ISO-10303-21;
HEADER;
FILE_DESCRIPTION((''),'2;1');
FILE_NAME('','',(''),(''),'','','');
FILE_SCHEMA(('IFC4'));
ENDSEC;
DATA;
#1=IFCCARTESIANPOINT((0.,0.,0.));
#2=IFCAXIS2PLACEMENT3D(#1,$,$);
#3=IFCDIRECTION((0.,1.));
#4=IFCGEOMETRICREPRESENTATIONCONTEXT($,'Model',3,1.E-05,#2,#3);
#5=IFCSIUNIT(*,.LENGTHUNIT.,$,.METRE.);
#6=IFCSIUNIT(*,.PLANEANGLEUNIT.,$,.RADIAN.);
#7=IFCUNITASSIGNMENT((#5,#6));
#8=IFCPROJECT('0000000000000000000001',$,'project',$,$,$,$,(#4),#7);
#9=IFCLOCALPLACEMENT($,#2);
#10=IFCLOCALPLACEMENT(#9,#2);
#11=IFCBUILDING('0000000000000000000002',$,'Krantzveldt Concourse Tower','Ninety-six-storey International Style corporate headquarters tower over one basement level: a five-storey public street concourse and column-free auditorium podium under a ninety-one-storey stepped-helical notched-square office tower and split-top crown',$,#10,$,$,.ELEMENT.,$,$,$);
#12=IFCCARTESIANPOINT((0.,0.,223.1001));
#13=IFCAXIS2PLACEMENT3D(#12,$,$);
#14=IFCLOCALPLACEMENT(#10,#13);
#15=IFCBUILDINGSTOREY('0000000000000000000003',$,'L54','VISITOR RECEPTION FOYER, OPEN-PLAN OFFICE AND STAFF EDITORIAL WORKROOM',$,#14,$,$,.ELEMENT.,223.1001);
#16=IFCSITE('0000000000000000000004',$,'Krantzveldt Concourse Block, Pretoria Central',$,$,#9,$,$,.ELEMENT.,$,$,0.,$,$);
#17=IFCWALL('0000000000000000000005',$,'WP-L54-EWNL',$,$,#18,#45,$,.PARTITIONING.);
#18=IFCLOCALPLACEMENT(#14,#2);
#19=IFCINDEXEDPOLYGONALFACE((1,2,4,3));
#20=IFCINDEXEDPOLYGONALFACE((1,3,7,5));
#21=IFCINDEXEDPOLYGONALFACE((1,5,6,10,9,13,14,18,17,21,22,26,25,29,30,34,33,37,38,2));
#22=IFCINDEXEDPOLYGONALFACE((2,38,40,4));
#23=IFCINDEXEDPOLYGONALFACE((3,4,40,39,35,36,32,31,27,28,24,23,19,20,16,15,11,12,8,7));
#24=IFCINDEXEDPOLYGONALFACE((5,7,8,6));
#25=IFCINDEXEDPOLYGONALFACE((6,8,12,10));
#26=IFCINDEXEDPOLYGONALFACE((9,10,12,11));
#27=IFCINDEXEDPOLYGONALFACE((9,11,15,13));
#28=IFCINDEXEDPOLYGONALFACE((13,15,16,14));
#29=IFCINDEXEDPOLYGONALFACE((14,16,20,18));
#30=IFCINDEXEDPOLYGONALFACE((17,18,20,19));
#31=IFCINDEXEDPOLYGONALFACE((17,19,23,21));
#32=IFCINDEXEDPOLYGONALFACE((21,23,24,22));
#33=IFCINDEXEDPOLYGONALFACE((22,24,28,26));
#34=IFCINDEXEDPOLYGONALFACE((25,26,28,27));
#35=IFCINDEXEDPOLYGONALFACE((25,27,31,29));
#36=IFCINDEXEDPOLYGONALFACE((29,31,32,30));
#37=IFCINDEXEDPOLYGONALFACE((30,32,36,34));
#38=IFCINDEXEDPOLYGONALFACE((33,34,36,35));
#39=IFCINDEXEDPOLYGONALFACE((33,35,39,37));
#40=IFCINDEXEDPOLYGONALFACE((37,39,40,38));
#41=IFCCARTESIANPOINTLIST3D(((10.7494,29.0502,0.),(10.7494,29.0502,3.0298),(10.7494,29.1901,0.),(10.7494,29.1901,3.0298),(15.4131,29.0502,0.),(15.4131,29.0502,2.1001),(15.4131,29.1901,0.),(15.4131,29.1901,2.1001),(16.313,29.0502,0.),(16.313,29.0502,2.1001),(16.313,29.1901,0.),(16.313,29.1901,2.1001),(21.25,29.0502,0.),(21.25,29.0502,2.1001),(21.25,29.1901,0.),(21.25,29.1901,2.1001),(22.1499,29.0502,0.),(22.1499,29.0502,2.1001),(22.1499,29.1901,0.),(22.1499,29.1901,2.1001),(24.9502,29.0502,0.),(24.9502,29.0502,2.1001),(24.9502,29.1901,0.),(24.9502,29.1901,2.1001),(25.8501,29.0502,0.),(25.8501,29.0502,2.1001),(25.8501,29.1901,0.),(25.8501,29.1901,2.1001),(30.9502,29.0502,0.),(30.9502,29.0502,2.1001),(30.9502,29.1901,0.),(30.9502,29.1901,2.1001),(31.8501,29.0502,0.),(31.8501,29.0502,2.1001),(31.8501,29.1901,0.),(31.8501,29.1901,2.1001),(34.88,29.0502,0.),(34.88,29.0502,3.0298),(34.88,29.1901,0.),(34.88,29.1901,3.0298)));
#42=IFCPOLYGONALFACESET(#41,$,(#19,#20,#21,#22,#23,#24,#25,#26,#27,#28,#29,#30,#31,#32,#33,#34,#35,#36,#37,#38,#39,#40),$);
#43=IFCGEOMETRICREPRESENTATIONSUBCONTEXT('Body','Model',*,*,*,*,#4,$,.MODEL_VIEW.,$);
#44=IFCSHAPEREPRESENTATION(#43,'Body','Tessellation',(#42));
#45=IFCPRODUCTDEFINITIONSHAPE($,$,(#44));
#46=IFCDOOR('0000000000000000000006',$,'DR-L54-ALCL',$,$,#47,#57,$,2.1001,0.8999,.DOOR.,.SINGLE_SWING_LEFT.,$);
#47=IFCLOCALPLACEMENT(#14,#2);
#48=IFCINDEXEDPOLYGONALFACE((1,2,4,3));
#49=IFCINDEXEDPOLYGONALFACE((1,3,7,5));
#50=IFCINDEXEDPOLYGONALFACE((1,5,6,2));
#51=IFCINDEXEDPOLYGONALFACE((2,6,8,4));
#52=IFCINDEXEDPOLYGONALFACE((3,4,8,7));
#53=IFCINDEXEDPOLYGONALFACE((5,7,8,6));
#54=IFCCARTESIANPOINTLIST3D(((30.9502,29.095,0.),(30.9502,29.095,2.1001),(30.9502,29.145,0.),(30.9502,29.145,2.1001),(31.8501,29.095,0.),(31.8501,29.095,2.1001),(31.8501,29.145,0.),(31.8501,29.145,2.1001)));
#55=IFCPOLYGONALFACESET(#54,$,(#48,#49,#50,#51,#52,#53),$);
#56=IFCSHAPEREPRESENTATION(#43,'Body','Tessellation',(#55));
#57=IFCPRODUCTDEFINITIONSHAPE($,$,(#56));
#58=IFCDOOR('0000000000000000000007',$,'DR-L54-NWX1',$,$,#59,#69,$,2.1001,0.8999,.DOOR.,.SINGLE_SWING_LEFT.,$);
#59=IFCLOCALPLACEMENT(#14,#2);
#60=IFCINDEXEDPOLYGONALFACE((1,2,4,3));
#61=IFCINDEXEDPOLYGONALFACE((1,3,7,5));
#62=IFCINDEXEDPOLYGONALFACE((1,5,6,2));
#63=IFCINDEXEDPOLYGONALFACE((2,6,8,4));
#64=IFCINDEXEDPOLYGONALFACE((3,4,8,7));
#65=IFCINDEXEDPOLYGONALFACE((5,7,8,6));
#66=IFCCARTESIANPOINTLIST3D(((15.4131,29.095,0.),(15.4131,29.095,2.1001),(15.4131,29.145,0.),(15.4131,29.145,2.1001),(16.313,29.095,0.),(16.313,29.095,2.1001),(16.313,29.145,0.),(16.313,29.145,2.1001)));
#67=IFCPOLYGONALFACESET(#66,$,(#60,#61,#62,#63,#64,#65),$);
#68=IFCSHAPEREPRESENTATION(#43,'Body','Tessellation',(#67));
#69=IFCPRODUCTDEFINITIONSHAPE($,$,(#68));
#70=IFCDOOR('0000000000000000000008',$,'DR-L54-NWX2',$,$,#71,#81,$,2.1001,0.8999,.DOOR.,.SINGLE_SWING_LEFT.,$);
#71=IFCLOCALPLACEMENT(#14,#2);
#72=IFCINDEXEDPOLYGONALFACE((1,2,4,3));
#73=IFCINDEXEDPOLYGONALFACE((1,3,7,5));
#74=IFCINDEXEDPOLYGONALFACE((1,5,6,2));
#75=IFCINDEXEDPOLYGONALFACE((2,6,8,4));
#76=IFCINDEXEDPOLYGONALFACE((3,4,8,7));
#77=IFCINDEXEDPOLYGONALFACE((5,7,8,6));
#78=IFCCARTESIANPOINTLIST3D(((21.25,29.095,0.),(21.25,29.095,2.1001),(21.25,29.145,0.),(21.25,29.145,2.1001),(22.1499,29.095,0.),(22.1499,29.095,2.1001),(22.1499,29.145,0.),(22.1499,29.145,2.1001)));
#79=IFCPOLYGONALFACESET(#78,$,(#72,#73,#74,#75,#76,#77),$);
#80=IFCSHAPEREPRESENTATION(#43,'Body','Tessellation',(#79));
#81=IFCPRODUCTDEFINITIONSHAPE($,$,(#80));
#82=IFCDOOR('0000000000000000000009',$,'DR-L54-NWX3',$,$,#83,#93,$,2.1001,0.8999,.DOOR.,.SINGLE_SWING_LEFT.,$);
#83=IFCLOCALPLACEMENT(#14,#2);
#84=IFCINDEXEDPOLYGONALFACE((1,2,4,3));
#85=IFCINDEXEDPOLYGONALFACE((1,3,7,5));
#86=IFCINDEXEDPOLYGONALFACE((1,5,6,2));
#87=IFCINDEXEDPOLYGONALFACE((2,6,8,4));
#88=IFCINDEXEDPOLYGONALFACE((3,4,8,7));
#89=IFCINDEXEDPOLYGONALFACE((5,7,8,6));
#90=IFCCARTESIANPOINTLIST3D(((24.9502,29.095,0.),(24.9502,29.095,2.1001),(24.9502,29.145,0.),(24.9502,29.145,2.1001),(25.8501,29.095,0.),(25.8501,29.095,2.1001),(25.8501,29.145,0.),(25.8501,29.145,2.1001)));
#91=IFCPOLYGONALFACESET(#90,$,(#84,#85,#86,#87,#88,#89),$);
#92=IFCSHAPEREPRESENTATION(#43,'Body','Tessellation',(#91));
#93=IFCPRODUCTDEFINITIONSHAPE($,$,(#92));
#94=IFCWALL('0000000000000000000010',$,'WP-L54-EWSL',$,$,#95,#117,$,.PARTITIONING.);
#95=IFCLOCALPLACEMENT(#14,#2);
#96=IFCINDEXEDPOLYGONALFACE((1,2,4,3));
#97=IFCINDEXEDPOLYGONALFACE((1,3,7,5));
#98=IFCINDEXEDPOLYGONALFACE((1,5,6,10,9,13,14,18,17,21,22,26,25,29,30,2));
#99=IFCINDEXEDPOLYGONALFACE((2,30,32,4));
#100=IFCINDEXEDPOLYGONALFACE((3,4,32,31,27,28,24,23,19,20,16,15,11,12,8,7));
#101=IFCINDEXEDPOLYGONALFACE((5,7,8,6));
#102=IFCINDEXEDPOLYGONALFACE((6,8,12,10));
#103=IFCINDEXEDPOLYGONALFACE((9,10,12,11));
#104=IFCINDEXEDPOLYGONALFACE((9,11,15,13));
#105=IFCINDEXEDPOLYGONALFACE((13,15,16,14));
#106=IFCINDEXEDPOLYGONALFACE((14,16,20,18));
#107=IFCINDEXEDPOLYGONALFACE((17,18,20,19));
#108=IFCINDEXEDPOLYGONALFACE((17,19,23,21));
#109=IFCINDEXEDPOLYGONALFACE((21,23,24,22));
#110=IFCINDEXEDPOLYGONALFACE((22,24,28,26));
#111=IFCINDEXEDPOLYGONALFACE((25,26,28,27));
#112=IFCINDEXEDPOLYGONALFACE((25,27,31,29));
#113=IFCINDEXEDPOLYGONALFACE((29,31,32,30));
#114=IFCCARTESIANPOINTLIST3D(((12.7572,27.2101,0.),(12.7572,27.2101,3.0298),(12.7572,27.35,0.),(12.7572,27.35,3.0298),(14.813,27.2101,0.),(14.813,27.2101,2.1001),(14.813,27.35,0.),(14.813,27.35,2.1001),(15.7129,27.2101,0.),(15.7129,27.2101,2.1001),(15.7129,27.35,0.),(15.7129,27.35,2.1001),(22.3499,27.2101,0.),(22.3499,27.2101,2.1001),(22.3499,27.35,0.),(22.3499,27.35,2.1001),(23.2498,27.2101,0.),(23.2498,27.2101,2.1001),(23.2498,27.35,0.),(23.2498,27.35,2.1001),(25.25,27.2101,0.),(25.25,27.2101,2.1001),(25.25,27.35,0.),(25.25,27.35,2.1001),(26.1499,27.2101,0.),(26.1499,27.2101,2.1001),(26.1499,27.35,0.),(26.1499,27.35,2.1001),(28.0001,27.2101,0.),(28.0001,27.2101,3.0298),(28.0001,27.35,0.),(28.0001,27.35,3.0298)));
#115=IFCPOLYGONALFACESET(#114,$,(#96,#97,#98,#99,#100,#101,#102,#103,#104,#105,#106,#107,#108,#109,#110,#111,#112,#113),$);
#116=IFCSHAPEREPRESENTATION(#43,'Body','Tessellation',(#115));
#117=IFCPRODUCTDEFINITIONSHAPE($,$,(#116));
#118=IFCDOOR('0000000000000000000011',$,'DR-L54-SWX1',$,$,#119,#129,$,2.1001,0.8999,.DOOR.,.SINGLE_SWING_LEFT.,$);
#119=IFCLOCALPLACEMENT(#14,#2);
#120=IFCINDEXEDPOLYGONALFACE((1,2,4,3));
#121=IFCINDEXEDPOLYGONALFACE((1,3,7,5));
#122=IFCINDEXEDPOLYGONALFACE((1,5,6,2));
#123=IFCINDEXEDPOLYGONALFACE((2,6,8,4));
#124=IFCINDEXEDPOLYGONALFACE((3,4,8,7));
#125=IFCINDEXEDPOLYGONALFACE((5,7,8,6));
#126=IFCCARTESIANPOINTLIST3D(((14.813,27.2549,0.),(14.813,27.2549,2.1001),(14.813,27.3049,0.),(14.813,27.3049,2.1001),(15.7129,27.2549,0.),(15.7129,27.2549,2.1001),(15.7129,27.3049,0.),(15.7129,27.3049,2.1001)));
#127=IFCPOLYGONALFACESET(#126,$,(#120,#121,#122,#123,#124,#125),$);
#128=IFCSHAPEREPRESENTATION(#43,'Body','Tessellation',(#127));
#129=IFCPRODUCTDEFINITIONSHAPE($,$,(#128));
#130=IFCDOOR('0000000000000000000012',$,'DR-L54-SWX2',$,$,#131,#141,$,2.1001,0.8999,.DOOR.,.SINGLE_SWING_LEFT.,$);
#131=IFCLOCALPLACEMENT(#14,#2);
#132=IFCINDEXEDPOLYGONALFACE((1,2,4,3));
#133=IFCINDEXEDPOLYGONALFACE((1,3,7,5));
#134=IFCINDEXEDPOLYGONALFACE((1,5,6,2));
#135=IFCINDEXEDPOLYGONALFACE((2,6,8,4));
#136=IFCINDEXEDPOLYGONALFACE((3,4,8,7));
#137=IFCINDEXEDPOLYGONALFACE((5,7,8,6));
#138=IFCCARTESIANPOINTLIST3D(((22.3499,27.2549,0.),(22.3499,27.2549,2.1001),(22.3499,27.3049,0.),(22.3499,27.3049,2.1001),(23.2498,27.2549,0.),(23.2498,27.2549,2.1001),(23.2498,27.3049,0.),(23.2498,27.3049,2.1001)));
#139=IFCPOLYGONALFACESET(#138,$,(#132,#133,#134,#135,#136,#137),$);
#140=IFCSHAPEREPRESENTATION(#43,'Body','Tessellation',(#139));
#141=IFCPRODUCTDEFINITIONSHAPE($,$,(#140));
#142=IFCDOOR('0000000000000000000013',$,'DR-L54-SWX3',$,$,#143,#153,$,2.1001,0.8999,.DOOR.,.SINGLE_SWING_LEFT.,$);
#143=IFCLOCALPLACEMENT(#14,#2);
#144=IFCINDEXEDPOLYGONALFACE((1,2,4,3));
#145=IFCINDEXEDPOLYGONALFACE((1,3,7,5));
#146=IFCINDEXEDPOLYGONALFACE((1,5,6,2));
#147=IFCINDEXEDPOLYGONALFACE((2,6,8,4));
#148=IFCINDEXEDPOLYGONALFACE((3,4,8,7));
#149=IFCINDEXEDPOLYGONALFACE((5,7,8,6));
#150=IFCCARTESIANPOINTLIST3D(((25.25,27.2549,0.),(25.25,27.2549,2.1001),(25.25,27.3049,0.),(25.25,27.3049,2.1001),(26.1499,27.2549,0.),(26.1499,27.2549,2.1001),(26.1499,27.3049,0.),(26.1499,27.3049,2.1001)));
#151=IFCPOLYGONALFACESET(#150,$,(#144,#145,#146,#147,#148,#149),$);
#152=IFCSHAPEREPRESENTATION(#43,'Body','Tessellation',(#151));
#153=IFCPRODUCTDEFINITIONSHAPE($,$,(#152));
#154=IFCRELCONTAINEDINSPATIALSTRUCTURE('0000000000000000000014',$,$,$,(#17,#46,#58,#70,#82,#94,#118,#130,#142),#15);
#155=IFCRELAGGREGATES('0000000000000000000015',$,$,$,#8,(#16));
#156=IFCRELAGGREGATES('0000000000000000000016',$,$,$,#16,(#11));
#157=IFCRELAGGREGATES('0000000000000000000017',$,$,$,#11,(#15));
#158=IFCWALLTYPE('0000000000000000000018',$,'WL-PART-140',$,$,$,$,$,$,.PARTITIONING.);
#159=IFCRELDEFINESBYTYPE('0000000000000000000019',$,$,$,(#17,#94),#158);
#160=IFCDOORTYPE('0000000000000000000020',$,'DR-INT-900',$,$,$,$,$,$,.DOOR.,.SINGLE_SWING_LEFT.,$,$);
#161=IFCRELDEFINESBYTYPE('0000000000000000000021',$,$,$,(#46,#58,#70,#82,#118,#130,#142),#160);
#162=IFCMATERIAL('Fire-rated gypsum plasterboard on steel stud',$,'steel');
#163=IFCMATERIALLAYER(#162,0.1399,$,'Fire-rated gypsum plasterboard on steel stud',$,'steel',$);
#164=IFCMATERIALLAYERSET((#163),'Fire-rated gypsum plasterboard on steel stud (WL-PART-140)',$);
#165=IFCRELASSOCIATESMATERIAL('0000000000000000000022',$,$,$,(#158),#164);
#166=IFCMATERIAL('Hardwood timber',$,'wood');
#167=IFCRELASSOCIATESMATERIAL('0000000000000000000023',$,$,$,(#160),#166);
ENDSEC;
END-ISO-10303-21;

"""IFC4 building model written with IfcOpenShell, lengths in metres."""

from ifc_helpers import new_model, si_unit, direction, frame, frame_2d, origin, place, context, subcontext, project, spatial, rectangle, extrude, material, layer, layer_set, type_object, element, fill, save


model = new_model("IFC4")

# Units and contexts
model_context = context("Model", 3, precision=1e-05, world=origin(), true_north=direction((0.0, 1.0)))
body_context = subcontext(model_context, "Body", "Model", "MODEL_VIEW")
ifc_project = project(units=[si_unit("LENGTHUNIT", "METRE"), si_unit("PLANEANGLEUNIT", "RADIAN")], contexts=[model_context])

# Site, building, storey
site_placement = place(None, origin())
site = spatial("IfcSite", under=ifc_project, at=site_placement, Name="Krantzveldt Concourse Block, Pretoria Central", CompositionType="ELEMENT", RefElevation=0.0)
building_placement = place(site_placement, origin())
building = spatial("IfcBuilding", under=site, at=building_placement, Name="Krantzveldt Concourse Tower", Description="Ninety-six-storey International Style corporate headquarters tower over one basement level: a five-storey public street concourse and column-free auditorium podium under a ninety-one-storey stepped-helical notched-square office tower and split-top crown", CompositionType="ELEMENT")
storey_placement = place(building_placement, frame((0.0, 0.0, 223.1001)))
storey = spatial("IfcBuildingStorey", under=building, at=storey_placement, Name="L54", Description="VISITOR RECEPTION FOYER, OPEN-PLAN OFFICE AND STAFF EDITORIAL WORKROOM", CompositionType="ELEMENT", Elevation=223.1001)

# Shared definitions
ifc_material_1 = material(Name="Fire-rated gypsum plasterboard on steel stud", Category="steel")

# Walls, openings, doors
ifc_layer_1 = layer(ifc_material_1, 0.1399, Name="Fire-rated gypsum plasterboard on steel stud", Category="steel")
ifc_layer_set_1 = layer_set([ifc_layer_1], Name="Fire-rated gypsum plasterboard on steel stud (WL-PART-140)")
wall_type_1 = type_object("IfcWallType", Name="WL-PART-140", PredefinedType="PARTITIONING", material=ifc_layer_set_1)
wall_1_placement = place(storey_placement, frame((10.7493, 29.1201, 0.0), z_axis=(0.0, 0.0, 1.0), x_axis=(1.0, 0.0, 0.0)))
wall_1 = element("IfcWall", 1, at=wall_1_placement, inside=storey, type_object=wall_type_1, Name="WP-L54-EWNL", PredefinedType="PARTITIONING", context=body_context, shape_type="SweptSolid", body=[
    extrude(rectangle(XDim=24.1306, YDim=0.1399, at=frame_2d((12.0654, 0.0))), origin(), (0.0, 0.0, 1.0), 3.0298),
])
opening_1_placement = place(wall_1_placement, frame((20.2009, 0.0, 0.0)))
opening_1 = element("IfcOpeningElement", 2, at=opening_1_placement, cuts=wall_1, PredefinedType="OPENING", context=body_context, shape_type="SweptSolid", body=[
    extrude(rectangle(XDim=0.8999, YDim=2.1001, at=frame_2d((0.45, 1.05))), frame((0.0, 0.0801, 0.0), z_axis=(0.0, -1.0, 0.0), x_axis=(1.0, 0.0, 0.0)), (0.0, 0.0, 1.0), 0.1599),
])
opening_2_placement = place(wall_1_placement, frame((4.6638, 0.0, 0.0)))
opening_2 = element("IfcOpeningElement", 3, at=opening_2_placement, cuts=wall_1, PredefinedType="OPENING", context=body_context, shape_type="SweptSolid", body=[
    extrude(rectangle(XDim=0.8999, YDim=2.1001, at=frame_2d((0.45, 1.05))), frame((0.0, 0.0801, 0.0), z_axis=(0.0, -1.0, 0.0), x_axis=(1.0, 0.0, 0.0)), (0.0, 0.0, 1.0), 0.1599),
])
opening_3_placement = place(wall_1_placement, frame((10.5007, 0.0, 0.0)))
opening_3 = element("IfcOpeningElement", 4, at=opening_3_placement, cuts=wall_1, PredefinedType="OPENING", context=body_context, shape_type="SweptSolid", body=[
    extrude(rectangle(XDim=0.8999, YDim=2.1001, at=frame_2d((0.45, 1.05))), frame((0.0, 0.0801, 0.0), z_axis=(0.0, -1.0, 0.0), x_axis=(1.0, 0.0, 0.0)), (0.0, 0.0, 1.0), 0.1599),
])
opening_4_placement = place(wall_1_placement, frame((14.2009, 0.0, 0.0)))
opening_4 = element("IfcOpeningElement", 5, at=opening_4_placement, cuts=wall_1, PredefinedType="OPENING", context=body_context, shape_type="SweptSolid", body=[
    extrude(rectangle(XDim=0.8999, YDim=2.1001, at=frame_2d((0.45, 1.05))), frame((0.0, 0.0801, 0.0), z_axis=(0.0, -1.0, 0.0), x_axis=(1.0, 0.0, 0.0)), (0.0, 0.0, 1.0), 0.1599),
])
ifc_material_2 = material(Name="Hardwood timber", Category="wood")
door_type = type_object("IfcDoorType", Name="DR-INT-900", OperationType="SINGLE_SWING_LEFT", PredefinedType="DOOR", material=ifc_material_2)
door_1_placement = place(opening_1_placement, origin())
door_1 = element("IfcDoor", 6, at=door_1_placement, inside=storey, type_object=door_type, Name="DR-L54-ALCL", OperationType="SINGLE_SWING_LEFT", OverallHeight=2.1001, OverallWidth=0.8999, PredefinedType="DOOR", context=body_context, shape_type="SweptSolid", body=[
    extrude(rectangle(XDim=0.8999, YDim=2.1001, at=frame_2d((0.45, 1.05))), frame((0.0, 0.0249, 0.0), z_axis=(0.0, -1.0, 0.0), x_axis=(1.0, 0.0, 0.0)), (0.0, 0.0, 1.0), 0.05),
])
fill(opening_1, door_1)
door_2_placement = place(opening_2_placement, origin())
door_2 = element("IfcDoor", 7, at=door_2_placement, inside=storey, type_object=door_type, Name="DR-L54-NWX1", OperationType="SINGLE_SWING_LEFT", OverallHeight=2.1001, OverallWidth=0.8999, PredefinedType="DOOR", context=body_context, shape_type="SweptSolid", body=[
    extrude(rectangle(XDim=0.8999, YDim=2.1001, at=frame_2d((0.45, 1.05))), frame((0.0, 0.0249, 0.0), z_axis=(0.0, -1.0, 0.0), x_axis=(1.0, 0.0, 0.0)), (0.0, 0.0, 1.0), 0.05),
])
fill(opening_2, door_2)
door_3_placement = place(opening_3_placement, origin())
door_3 = element("IfcDoor", 8, at=door_3_placement, inside=storey, type_object=door_type, Name="DR-L54-NWX2", OperationType="SINGLE_SWING_LEFT", OverallHeight=2.1001, OverallWidth=0.8999, PredefinedType="DOOR", context=body_context, shape_type="SweptSolid", body=[
    extrude(rectangle(XDim=0.8999, YDim=2.1001, at=frame_2d((0.45, 1.05))), frame((0.0, 0.0249, 0.0), z_axis=(0.0, -1.0, 0.0), x_axis=(1.0, 0.0, 0.0)), (0.0, 0.0, 1.0), 0.05),
])
fill(opening_3, door_3)
door_4_placement = place(opening_4_placement, origin())
door_4 = element("IfcDoor", 9, at=door_4_placement, inside=storey, type_object=door_type, Name="DR-L54-NWX3", OperationType="SINGLE_SWING_LEFT", OverallHeight=2.1001, OverallWidth=0.8999, PredefinedType="DOOR", context=body_context, shape_type="SweptSolid", body=[
    extrude(rectangle(XDim=0.8999, YDim=2.1001, at=frame_2d((0.45, 1.05))), frame((0.0, 0.0249, 0.0), z_axis=(0.0, -1.0, 0.0), x_axis=(1.0, 0.0, 0.0)), (0.0, 0.0, 1.0), 0.05),
])
fill(opening_4, door_4)
wall_2_placement = place(storey_placement, frame((12.7571, 27.28, 0.0), z_axis=(0.0, 0.0, 1.0), x_axis=(1.0, 0.0, 0.0)))
wall_2 = element("IfcWall", 10, at=wall_2_placement, inside=storey, type_object=wall_type_1, Name="WP-L54-EWSL", PredefinedType="PARTITIONING", context=body_context, shape_type="SweptSolid", body=[
    extrude(rectangle(XDim=15.2429, YDim=0.1399, at=frame_2d((7.6216, 0.0))), origin(), (0.0, 0.0, 1.0), 3.0298),
])
opening_5_placement = place(wall_2_placement, frame((2.0559, 0.0, 0.0)))
opening_5 = element("IfcOpeningElement", 11, at=opening_5_placement, cuts=wall_2, PredefinedType="OPENING", context=body_context, shape_type="SweptSolid", body=[
    extrude(rectangle(XDim=0.8999, YDim=2.1001, at=frame_2d((0.45, 1.05))), frame((0.0, 0.0801, 0.0), z_axis=(0.0, -1.0, 0.0), x_axis=(1.0, 0.0, 0.0)), (0.0, 0.0, 1.0), 0.1599),
])
opening_6_placement = place(wall_2_placement, frame((9.5928, 0.0, 0.0)))
opening_6 = element("IfcOpeningElement", 12, at=opening_6_placement, cuts=wall_2, PredefinedType="OPENING", context=body_context, shape_type="SweptSolid", body=[
    extrude(rectangle(XDim=0.8999, YDim=2.1001, at=frame_2d((0.45, 1.05))), frame((0.0, 0.0801, 0.0), z_axis=(0.0, -1.0, 0.0), x_axis=(1.0, 0.0, 0.0)), (0.0, 0.0, 1.0), 0.1599),
])
opening_7_placement = place(wall_2_placement, frame((12.4929, 0.0, 0.0)))
opening_7 = element("IfcOpeningElement", 13, at=opening_7_placement, cuts=wall_2, PredefinedType="OPENING", context=body_context, shape_type="SweptSolid", body=[
    extrude(rectangle(XDim=0.8999, YDim=2.1001, at=frame_2d((0.45, 1.05))), frame((0.0, 0.0801, 0.0), z_axis=(0.0, -1.0, 0.0), x_axis=(1.0, 0.0, 0.0)), (0.0, 0.0, 1.0), 0.1599),
])
door_5_placement = place(opening_5_placement, origin())
door_5 = element("IfcDoor", 14, at=door_5_placement, inside=storey, type_object=door_type, Name="DR-L54-SWX1", OperationType="SINGLE_SWING_LEFT", OverallHeight=2.1001, OverallWidth=0.8999, PredefinedType="DOOR", context=body_context, shape_type="SweptSolid", body=[
    extrude(rectangle(XDim=0.8999, YDim=2.1001, at=frame_2d((0.45, 1.05))), frame((0.0, 0.0249, 0.0), z_axis=(0.0, -1.0, 0.0), x_axis=(1.0, 0.0, 0.0)), (0.0, 0.0, 1.0), 0.05),
])
fill(opening_5, door_5)
door_6_placement = place(opening_6_placement, origin())
door_6 = element("IfcDoor", 15, at=door_6_placement, inside=storey, type_object=door_type, Name="DR-L54-SWX2", OperationType="SINGLE_SWING_LEFT", OverallHeight=2.1001, OverallWidth=0.8999, PredefinedType="DOOR", context=body_context, shape_type="SweptSolid", body=[
    extrude(rectangle(XDim=0.8999, YDim=2.1001, at=frame_2d((0.45, 1.05))), frame((0.0, 0.0249, 0.0), z_axis=(0.0, -1.0, 0.0), x_axis=(1.0, 0.0, 0.0)), (0.0, 0.0, 1.0), 0.05),
])
fill(opening_6, door_6)
door_7_placement = place(opening_7_placement, origin())
door_7 = element("IfcDoor", 16, at=door_7_placement, inside=storey, type_object=door_type, Name="DR-L54-SWX3", OperationType="SINGLE_SWING_LEFT", OverallHeight=2.1001, OverallWidth=0.8999, PredefinedType="DOOR", context=body_context, shape_type="SweptSolid", body=[
    extrude(rectangle(XDim=0.8999, YDim=2.1001, at=frame_2d((0.45, 1.05))), frame((0.0, 0.0249, 0.0), z_axis=(0.0, -1.0, 0.0), x_axis=(1.0, 0.0, 0.0)), (0.0, 0.0, 1.0), 0.05),
])
fill(opening_7, door_7)

save(model, "model.ifc")
